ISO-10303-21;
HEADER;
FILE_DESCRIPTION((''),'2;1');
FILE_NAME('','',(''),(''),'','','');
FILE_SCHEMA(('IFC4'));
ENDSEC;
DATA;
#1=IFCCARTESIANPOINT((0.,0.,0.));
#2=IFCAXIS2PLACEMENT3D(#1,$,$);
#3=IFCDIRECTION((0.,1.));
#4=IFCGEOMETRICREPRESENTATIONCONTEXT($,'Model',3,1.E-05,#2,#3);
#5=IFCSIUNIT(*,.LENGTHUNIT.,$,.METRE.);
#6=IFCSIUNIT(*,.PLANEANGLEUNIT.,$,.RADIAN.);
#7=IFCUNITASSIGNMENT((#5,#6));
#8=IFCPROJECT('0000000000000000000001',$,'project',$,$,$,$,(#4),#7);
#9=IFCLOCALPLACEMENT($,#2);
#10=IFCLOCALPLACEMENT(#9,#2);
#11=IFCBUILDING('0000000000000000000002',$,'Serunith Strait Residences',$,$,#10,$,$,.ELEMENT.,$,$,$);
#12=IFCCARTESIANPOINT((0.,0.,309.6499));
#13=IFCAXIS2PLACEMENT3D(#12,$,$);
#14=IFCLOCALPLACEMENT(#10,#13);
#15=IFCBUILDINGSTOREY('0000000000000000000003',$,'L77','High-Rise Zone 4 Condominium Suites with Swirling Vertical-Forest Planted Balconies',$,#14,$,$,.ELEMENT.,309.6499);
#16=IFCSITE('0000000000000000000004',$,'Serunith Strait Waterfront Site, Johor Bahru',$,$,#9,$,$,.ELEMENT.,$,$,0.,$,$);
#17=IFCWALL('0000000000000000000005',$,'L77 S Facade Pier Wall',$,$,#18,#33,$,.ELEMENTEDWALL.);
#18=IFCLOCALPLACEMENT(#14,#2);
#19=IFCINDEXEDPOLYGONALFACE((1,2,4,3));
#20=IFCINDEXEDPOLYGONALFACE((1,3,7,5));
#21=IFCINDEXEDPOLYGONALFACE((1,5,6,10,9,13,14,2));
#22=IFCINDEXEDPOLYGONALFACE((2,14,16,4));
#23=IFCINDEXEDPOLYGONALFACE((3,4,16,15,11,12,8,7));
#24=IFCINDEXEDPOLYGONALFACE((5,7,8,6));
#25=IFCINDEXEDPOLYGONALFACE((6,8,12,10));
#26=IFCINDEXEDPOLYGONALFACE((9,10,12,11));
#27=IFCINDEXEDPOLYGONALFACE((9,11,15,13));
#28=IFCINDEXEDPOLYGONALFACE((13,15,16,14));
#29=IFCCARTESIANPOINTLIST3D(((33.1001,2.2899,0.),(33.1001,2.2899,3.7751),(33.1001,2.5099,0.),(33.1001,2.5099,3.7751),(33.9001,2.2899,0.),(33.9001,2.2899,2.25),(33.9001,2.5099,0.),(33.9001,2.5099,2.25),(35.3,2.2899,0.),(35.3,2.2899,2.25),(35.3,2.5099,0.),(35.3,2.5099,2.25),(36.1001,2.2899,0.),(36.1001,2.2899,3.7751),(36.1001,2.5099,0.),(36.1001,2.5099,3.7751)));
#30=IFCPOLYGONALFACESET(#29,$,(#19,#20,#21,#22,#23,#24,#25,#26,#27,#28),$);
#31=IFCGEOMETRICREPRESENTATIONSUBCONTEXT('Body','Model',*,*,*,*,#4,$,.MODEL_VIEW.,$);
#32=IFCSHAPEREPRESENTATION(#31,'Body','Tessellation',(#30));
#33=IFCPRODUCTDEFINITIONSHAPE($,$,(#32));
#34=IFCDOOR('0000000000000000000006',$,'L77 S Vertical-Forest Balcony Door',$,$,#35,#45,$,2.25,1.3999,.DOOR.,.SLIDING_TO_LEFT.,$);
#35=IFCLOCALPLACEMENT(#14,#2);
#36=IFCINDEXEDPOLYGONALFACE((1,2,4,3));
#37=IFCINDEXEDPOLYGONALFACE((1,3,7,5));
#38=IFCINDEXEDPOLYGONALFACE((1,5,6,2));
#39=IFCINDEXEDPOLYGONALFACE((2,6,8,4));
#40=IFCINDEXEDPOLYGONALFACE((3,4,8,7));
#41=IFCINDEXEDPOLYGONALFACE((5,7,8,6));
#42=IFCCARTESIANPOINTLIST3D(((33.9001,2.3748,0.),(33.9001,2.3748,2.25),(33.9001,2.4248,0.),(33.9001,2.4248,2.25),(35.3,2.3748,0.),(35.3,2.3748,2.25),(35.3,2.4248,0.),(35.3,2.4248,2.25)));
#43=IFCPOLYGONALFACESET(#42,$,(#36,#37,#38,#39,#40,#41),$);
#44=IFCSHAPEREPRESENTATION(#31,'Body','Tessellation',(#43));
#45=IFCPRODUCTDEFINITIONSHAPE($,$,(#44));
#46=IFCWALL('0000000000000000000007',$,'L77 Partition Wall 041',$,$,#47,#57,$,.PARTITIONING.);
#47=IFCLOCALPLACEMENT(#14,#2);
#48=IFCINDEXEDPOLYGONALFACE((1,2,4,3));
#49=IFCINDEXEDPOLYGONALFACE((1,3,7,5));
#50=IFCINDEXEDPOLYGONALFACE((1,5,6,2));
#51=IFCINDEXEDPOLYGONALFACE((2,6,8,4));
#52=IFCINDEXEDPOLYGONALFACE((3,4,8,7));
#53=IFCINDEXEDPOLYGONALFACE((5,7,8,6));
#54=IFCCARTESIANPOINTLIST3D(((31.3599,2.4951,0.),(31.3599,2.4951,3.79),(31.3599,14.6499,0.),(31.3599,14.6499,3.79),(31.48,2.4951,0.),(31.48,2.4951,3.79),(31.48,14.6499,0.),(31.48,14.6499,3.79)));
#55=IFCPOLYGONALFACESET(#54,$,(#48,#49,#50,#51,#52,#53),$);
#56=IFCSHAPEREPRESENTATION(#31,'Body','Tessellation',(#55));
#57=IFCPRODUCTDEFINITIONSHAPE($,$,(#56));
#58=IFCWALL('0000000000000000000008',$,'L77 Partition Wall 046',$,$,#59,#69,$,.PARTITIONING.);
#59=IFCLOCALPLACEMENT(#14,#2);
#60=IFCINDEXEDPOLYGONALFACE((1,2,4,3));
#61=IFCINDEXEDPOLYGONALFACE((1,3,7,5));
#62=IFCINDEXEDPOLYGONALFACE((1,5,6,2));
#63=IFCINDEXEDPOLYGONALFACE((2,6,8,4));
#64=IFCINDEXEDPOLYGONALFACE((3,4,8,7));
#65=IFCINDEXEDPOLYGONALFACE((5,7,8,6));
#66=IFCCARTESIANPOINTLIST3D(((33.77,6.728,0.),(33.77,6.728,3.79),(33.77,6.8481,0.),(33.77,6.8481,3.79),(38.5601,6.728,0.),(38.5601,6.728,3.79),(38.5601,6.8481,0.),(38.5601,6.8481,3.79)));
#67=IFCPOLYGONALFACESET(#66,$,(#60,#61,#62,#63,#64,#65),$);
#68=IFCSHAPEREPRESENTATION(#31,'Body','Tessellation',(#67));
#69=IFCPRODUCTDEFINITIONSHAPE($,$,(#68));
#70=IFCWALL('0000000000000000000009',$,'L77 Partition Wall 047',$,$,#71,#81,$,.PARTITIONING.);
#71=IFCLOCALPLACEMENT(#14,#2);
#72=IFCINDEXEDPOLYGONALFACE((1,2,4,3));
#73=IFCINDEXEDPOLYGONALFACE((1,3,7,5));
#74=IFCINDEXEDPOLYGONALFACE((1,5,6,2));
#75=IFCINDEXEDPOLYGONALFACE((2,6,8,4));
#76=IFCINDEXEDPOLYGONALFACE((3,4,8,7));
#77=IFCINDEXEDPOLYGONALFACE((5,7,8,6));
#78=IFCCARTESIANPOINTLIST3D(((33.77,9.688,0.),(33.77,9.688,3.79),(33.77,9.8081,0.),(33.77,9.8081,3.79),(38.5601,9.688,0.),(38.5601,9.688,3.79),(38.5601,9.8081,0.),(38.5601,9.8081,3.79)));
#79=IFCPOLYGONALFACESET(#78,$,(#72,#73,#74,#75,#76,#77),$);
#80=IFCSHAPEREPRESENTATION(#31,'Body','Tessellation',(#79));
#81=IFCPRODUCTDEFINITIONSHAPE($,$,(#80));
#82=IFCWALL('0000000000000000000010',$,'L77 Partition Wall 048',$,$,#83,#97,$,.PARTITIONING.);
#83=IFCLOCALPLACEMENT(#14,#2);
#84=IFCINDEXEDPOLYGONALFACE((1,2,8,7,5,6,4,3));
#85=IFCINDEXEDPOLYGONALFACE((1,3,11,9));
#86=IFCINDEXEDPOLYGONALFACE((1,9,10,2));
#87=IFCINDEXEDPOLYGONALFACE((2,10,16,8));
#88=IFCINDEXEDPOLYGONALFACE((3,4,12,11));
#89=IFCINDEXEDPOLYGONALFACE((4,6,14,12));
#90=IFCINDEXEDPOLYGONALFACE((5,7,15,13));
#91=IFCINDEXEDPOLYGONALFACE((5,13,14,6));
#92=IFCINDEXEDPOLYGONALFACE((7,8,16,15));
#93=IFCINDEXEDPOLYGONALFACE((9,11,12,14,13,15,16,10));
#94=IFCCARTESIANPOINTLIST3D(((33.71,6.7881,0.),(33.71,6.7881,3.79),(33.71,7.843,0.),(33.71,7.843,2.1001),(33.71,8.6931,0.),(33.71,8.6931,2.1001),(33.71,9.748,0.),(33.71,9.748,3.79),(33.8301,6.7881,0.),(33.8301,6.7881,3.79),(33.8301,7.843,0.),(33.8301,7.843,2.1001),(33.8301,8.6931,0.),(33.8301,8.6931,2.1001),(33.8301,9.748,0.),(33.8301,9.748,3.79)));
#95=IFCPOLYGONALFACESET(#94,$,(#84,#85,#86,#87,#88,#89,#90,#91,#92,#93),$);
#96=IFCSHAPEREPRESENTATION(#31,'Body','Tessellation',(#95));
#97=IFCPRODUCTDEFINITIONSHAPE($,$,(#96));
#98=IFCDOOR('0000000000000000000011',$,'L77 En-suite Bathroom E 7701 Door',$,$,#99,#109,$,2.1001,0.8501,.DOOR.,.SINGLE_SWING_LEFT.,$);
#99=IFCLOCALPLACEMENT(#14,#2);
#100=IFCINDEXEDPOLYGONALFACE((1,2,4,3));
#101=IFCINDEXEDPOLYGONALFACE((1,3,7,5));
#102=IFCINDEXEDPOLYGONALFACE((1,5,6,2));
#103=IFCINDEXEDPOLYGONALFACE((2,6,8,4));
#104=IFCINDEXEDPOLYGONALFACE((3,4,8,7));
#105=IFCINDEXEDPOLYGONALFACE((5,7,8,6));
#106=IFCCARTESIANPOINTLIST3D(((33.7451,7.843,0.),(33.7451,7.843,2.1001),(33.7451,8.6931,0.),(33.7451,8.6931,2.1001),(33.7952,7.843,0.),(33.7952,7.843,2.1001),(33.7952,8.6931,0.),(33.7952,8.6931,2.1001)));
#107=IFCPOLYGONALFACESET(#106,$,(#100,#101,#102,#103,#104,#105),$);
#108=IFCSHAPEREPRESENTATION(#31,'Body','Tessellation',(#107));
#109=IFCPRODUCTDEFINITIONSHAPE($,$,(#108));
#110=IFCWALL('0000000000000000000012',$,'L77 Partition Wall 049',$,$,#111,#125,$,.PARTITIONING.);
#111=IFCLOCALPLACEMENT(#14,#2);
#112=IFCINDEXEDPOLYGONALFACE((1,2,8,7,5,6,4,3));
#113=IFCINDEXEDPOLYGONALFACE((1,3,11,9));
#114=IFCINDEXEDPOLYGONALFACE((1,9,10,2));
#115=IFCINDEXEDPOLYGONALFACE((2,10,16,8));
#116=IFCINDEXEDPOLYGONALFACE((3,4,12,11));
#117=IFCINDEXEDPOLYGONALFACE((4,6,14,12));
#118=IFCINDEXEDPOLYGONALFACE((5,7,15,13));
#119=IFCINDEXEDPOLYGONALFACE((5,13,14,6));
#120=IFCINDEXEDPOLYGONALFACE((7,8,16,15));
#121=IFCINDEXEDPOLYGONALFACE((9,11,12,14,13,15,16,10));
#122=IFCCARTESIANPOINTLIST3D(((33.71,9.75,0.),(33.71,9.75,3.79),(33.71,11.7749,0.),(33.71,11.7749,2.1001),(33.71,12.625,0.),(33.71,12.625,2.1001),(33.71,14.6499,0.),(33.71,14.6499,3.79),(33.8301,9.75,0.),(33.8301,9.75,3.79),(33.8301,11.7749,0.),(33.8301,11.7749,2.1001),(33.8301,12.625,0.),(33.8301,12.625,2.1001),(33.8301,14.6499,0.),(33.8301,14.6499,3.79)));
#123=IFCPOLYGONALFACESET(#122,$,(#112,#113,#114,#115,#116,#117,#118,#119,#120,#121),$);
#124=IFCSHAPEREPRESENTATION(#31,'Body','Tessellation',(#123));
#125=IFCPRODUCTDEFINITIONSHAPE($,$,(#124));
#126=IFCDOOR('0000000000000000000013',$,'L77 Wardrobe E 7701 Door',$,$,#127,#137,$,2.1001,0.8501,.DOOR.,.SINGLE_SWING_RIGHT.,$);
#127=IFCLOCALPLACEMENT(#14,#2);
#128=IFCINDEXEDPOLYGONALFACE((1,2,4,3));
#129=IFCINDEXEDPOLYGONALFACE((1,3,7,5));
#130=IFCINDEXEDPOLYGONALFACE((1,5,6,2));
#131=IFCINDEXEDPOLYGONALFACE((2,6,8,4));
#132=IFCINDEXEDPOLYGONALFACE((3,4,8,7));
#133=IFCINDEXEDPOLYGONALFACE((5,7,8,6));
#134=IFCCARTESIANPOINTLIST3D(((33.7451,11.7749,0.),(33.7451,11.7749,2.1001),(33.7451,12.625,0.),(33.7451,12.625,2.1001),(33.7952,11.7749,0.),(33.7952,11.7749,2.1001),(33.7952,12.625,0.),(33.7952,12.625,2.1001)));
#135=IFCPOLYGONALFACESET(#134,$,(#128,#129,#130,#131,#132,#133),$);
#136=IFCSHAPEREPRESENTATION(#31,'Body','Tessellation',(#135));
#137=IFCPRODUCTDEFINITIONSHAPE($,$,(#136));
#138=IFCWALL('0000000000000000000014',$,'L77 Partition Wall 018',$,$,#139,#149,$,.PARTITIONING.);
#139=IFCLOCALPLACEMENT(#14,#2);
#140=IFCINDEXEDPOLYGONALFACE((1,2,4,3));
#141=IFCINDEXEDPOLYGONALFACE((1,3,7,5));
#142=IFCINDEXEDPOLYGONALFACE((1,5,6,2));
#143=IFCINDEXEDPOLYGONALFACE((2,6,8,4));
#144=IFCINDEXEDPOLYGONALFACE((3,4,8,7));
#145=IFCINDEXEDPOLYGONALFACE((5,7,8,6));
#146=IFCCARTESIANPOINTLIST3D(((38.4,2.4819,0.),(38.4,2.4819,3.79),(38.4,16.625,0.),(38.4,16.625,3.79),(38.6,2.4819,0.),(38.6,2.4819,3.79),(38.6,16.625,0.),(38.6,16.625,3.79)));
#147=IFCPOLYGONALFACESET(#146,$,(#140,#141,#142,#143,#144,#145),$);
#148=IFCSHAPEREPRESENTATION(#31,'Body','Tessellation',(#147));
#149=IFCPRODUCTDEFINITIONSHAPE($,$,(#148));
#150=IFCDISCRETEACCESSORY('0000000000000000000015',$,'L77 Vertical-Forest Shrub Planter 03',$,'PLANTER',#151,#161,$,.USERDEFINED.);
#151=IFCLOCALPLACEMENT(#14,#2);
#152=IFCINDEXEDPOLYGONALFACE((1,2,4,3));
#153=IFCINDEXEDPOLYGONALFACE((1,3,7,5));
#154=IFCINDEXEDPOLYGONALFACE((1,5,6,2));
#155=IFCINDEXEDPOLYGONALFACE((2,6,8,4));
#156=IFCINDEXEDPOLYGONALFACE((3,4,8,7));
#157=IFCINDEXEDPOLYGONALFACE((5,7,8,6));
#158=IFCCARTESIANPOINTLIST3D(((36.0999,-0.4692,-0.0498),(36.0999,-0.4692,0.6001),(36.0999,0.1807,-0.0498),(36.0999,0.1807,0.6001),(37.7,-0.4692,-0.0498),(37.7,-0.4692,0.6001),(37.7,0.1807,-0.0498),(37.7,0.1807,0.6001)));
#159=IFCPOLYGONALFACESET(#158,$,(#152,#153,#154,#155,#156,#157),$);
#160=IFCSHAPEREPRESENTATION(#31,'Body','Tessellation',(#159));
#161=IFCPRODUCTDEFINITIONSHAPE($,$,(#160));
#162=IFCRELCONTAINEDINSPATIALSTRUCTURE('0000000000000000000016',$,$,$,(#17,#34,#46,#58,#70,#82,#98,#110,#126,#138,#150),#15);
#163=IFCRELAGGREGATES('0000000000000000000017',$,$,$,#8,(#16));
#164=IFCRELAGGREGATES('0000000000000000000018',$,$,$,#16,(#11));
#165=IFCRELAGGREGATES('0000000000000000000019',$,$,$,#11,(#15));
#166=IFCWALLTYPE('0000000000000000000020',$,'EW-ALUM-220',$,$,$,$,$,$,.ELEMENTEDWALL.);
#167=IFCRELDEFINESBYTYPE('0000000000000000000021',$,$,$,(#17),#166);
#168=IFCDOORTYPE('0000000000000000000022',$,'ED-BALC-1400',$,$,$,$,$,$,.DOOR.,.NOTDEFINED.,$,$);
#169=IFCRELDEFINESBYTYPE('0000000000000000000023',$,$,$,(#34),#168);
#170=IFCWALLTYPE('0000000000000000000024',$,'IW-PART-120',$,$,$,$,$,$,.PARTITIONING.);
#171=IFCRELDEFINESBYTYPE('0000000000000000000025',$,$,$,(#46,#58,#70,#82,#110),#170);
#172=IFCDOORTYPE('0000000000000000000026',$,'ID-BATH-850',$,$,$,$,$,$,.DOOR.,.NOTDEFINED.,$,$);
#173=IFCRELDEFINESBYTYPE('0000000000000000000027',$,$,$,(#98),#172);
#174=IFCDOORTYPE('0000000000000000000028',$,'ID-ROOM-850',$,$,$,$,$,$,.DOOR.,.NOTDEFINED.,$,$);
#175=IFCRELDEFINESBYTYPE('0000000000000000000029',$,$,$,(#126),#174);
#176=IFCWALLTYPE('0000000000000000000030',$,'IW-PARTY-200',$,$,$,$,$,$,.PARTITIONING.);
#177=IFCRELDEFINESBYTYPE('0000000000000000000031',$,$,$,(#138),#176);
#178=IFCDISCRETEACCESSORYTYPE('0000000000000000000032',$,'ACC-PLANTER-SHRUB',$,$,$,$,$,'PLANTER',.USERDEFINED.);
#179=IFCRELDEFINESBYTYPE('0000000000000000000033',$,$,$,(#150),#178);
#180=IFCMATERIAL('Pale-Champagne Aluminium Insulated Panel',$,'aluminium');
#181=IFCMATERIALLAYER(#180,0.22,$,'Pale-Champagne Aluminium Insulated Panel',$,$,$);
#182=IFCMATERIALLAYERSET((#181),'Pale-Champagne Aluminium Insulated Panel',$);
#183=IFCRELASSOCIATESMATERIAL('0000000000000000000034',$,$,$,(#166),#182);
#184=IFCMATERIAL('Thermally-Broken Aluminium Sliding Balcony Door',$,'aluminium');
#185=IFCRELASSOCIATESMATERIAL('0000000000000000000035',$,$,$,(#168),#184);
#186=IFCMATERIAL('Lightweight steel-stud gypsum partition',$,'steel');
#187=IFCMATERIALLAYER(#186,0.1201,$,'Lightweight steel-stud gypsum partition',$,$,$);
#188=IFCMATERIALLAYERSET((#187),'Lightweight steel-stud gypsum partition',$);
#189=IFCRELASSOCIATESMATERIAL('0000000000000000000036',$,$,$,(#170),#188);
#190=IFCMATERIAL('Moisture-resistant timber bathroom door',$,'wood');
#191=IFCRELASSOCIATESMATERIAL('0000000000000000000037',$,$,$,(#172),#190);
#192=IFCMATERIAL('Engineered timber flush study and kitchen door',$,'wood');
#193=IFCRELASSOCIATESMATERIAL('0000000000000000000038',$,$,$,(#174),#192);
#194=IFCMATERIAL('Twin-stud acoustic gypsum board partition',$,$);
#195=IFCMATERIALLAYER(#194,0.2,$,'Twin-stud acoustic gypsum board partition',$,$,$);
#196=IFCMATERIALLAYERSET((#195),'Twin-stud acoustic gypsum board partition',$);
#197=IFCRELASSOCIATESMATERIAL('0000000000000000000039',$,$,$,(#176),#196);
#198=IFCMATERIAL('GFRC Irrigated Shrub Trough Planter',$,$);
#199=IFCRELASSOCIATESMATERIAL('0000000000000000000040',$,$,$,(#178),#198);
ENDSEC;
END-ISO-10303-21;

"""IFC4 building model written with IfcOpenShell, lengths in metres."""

from ifc_helpers import new_model, si_unit, direction, frame, frame_2d, origin, origin_2d, place, context, subcontext, project, spatial, rectangle, extrude, source, transform, mapped, material, layer, layer_set, type_object, element, fill, save


model = new_model("IFC4")

# Units and contexts
model_context = context("Model", 3, precision=1e-05, world=origin(), true_north=direction((0.0, 1.0)))
body_context = subcontext(model_context, "Body", "Model", "MODEL_VIEW")
ifc_project = project(units=[si_unit("LENGTHUNIT", "METRE"), si_unit("PLANEANGLEUNIT", "RADIAN")], contexts=[model_context])

# Site, building, storey
site_placement = place(None, origin())
site = spatial("IfcSite", under=ifc_project, at=site_placement, Name="Serunith Strait Waterfront Site, Johor Bahru", CompositionType="ELEMENT", RefElevation=0.0)
building_placement = place(site_placement, origin())
building = spatial("IfcBuilding", under=site, at=building_placement, Name="Serunith Strait Residences", CompositionType="ELEMENT")
storey_placement = place(building_placement, frame((0.0, 0.0, 309.6499)))
storey = spatial("IfcBuildingStorey", under=building, at=storey_placement, Name="L77", Description="High-Rise Zone 4 Condominium Suites with Swirling Vertical-Forest Planted Balconies", CompositionType="ELEMENT", Elevation=309.6499)

# Wall, opening, door
ifc_material_1 = material(Name="Pale-Champagne Aluminium Insulated Panel", Category="aluminium")
ifc_layer_1 = layer(ifc_material_1, 0.22, Name="Pale-Champagne Aluminium Insulated Panel")
ifc_layer_set_1 = layer_set([ifc_layer_1], Name="Pale-Champagne Aluminium Insulated Panel")
wall_type_1 = type_object("IfcWallType", Name="EW-ALUM-220", PredefinedType="ELEMENTEDWALL", material=ifc_layer_set_1)
wall_1_placement = place(storey_placement, frame((33.1001, 2.3999, 0.0), z_axis=(0.0, 0.0, 1.0), x_axis=(1.0, 0.0, 0.0)))
wall_1 = element("IfcWall", 1, at=wall_1_placement, inside=storey, type_object=wall_type_1, Name="L77 S Facade Pier Wall", PredefinedType="ELEMENTEDWALL", context=body_context, shape_type="SweptSolid", body=[
    extrude(rectangle(XDim=3.0, YDim=0.22, at=frame_2d((1.5, 0.0))), origin(), (0.0, 0.0, 1.0), 3.7751),
])
opening_1_placement = place(wall_1_placement, frame((0.8, 0.0, 0.0)))
opening_1 = element("IfcOpeningElement", 2, at=opening_1_placement, cuts=wall_1, PredefinedType="OPENING", context=body_context, shape_type="SweptSolid", body=[
    extrude(rectangle(XDim=1.3999, YDim=2.25, at=frame_2d((0.7, 1.125))), frame((0.0, 0.1201, 0.0), z_axis=(0.0, -1.0, 0.0), x_axis=(1.0, 0.0, 0.0)), (0.0, 0.0, 1.0), 0.24),
])
ifc_material_2 = material(Name="Thermally-Broken Aluminium Sliding Balcony Door", Category="aluminium")
door_type_1 = type_object("IfcDoorType", Name="ED-BALC-1400", OperationType="NOTDEFINED", PredefinedType="DOOR", material=ifc_material_2)
shared_shape_1 = source(origin(), body_context, "Body", "SweptSolid", [
    extrude(rectangle(XDim=1.3999, YDim=2.25, at=frame_2d((0.7, 1.125))), frame((0.0, 0.0249, 0.0), z_axis=(0.0, -1.0, 0.0), x_axis=(1.0, 0.0, 0.0)), (0.0, 0.0, 1.0), 0.05),
])
door_1_placement = place(opening_1_placement, origin())
door_1 = element("IfcDoor", 3, at=door_1_placement, inside=storey, type_object=door_type_1, Name="L77 S Vertical-Forest Balcony Door", OperationType="SLIDING_TO_LEFT", OverallHeight=2.25, OverallWidth=1.3999, PredefinedType="DOOR", context=body_context, shape_type="MappedRepresentation", body=[
    mapped(shared_shape_1, transform((0.0, 0.0, 0.0), scale=1.0)),
])
fill(opening_1, door_1)

# Walls
ifc_material_3 = material(Name="Lightweight steel-stud gypsum partition", Category="steel")
ifc_layer_2 = layer(ifc_material_3, 0.1201, Name="Lightweight steel-stud gypsum partition")
ifc_layer_set_2 = layer_set([ifc_layer_2], Name="Lightweight steel-stud gypsum partition")
wall_type_2 = type_object("IfcWallType", Name="IW-PART-120", PredefinedType="PARTITIONING", material=ifc_layer_set_2)
wall_2_placement = place(storey_placement, frame((31.4199, 2.4951, 0.0), z_axis=(0.0, 0.0, 1.0), x_axis=(0.0, 1.0, 0.0)))
element("IfcWall", 4, at=wall_2_placement, inside=storey, type_object=wall_type_2, Name="L77 Partition Wall 041", PredefinedType="PARTITIONING", context=body_context, shape_type="SweptSolid", body=[
    extrude(rectangle(XDim=12.1548, YDim=0.1201, at=frame_2d((6.0774, 0.0))), origin(), (0.0, 0.0, 1.0), 3.79),
])
for number, where, z_axis, x_axis, name in (
    (5, (33.77, 6.7881, 0.0), (0.0, 0.0, 1.0), (1.0, 0.0, 0.0), "L77 Partition Wall 046"),
    (6, (33.77, 9.748, 0.0), (0.0, 0.0, 1.0), (1.0, 0.0, 0.0), "L77 Partition Wall 047"),
):
    element("IfcWall", number, at=place(storey_placement, frame(where, z_axis=z_axis, x_axis=x_axis)), inside=storey, type_object=wall_type_2, Name=name, PredefinedType="PARTITIONING", context=body_context, shape_type="SweptSolid", body=[
        extrude(rectangle(XDim=4.79, YDim=0.1201, at=frame_2d((2.395, 0.0))), origin(), (0.0, 0.0, 1.0), 3.79),
    ])

# Walls, openings, doors
wall_3_placement = place(storey_placement, frame((33.77, 6.7881, 0.0), z_axis=(0.0, 0.0, 1.0), x_axis=(0.0, 1.0, 0.0)))
wall_3 = element("IfcWall", 7, at=wall_3_placement, inside=storey, type_object=wall_type_2, Name="L77 Partition Wall 048", PredefinedType="PARTITIONING", context=body_context, shape_type="SweptSolid", body=[
    extrude(rectangle(XDim=2.96, YDim=0.1201, at=frame_2d((1.48, 0.0))), origin(), (0.0, 0.0, 1.0), 3.79),
])
opening_2_placement = place(wall_3_placement, frame((1.0549, 0.0, 0.0)))
opening_2 = element("IfcOpeningElement", 8, at=opening_2_placement, cuts=wall_3, PredefinedType="OPENING", context=body_context, shape_type="SweptSolid", body=[
    extrude(rectangle(XDim=0.8501, YDim=2.1001, at=frame_2d((0.425, 1.05))), frame((0.0, 0.0701, 0.0), z_axis=(0.0, -1.0, 0.0), x_axis=(1.0, 0.0, 0.0)), (0.0, 0.0, 1.0), 0.1401),
])
ifc_material_4 = material(Name="Moisture-resistant timber bathroom door", Category="wood")
door_type_2 = type_object("IfcDoorType", Name="ID-BATH-850", OperationType="NOTDEFINED", PredefinedType="DOOR", material=ifc_material_4)
shared_shape_2 = source(origin(), body_context, "Body", "SweptSolid", [
    extrude(rectangle(XDim=0.8501, YDim=2.1001, at=frame_2d((0.425, 1.05))), frame((0.0, 0.0249, 0.0), z_axis=(0.0, -1.0, 0.0), x_axis=(1.0, 0.0, 0.0)), (0.0, 0.0, 1.0), 0.05),
])
door_2_placement = place(opening_2_placement, origin())
door_2 = element("IfcDoor", 9, at=door_2_placement, inside=storey, type_object=door_type_2, Name="L77 En-suite Bathroom E 7701 Door", OperationType="SINGLE_SWING_LEFT", OverallHeight=2.1001, OverallWidth=0.8501, PredefinedType="DOOR", context=body_context, shape_type="MappedRepresentation", body=[
    mapped(shared_shape_2, transform((0.0, 0.0, 0.0), scale=1.0)),
])
fill(opening_2, door_2)
wall_4_placement = place(storey_placement, frame((33.77, 9.75, 0.0), z_axis=(0.0, 0.0, 1.0), x_axis=(0.0, 1.0, 0.0)))
wall_4 = element("IfcWall", 10, at=wall_4_placement, inside=storey, type_object=wall_type_2, Name="L77 Partition Wall 049", PredefinedType="PARTITIONING", context=body_context, shape_type="SweptSolid", body=[
    extrude(rectangle(XDim=4.8999, YDim=0.1201, at=frame_2d((2.45, 0.0))), origin(), (0.0, 0.0, 1.0), 3.79),
])
opening_3_placement = place(wall_4_placement, frame((2.0249, 0.0, 0.0)))
opening_3 = element("IfcOpeningElement", 11, at=opening_3_placement, cuts=wall_4, PredefinedType="OPENING", context=body_context, shape_type="SweptSolid", body=[
    extrude(rectangle(XDim=0.8501, YDim=2.1001, at=frame_2d((0.425, 1.05))), frame((0.0, 0.0701, 0.0), z_axis=(0.0, -1.0, 0.0), x_axis=(1.0, 0.0, 0.0)), (0.0, 0.0, 1.0), 0.1401),
])
ifc_material_5 = material(Name="Engineered timber flush study and kitchen door", Category="wood")
door_type_3 = type_object("IfcDoorType", Name="ID-ROOM-850", OperationType="NOTDEFINED", PredefinedType="DOOR", material=ifc_material_5)
door_3_placement = place(opening_3_placement, origin())
door_3 = element("IfcDoor", 12, at=door_3_placement, inside=storey, type_object=door_type_3, Name="L77 Wardrobe E 7701 Door", OperationType="SINGLE_SWING_RIGHT", OverallHeight=2.1001, OverallWidth=0.8501, PredefinedType="DOOR", context=body_context, shape_type="MappedRepresentation", body=[
    mapped(shared_shape_2, transform((0.0, 0.0, 0.0), scale=1.0)),
])
fill(opening_3, door_3)

# Wall
ifc_material_6 = material(Name="Twin-stud acoustic gypsum board partition")
ifc_layer_3 = layer(ifc_material_6, 0.2, Name="Twin-stud acoustic gypsum board partition")
ifc_layer_set_3 = layer_set([ifc_layer_3], Name="Twin-stud acoustic gypsum board partition")
wall_type_3 = type_object("IfcWallType", Name="IW-PARTY-200", PredefinedType="PARTITIONING", material=ifc_layer_set_3)
wall_5_placement = place(storey_placement, frame((38.5, 2.4819, 0.0), z_axis=(0.0, 0.0, 1.0), x_axis=(0.0, 1.0, 0.0)))
element("IfcWall", 13, at=wall_5_placement, inside=storey, type_object=wall_type_3, Name="L77 Partition Wall 018", PredefinedType="PARTITIONING", context=body_context, shape_type="SweptSolid", body=[
    extrude(rectangle(XDim=14.1431, YDim=0.2, at=frame_2d((7.0715, 0.0))), origin(), (0.0, 0.0, 1.0), 3.79),
])

# Discrete accessory
ifc_material_7 = material(Name="GFRC Irrigated Shrub Trough Planter")
discrete_accessory_type = type_object("IfcDiscreteAccessoryType", Name="ACC-PLANTER-SHRUB", ElementType="PLANTER", PredefinedType="USERDEFINED", material=ifc_material_7)
shared_shape_3 = source(origin(), body_context, "Body", "SweptSolid", [
    extrude(rectangle(XDim=1.6001, YDim=0.6499, at=origin_2d()), origin(), (0.0, 0.0, 1.0), 0.6499),
])
discrete_accessory_placement = place(storey_placement, frame((36.8999, -0.1443, -0.0498), z_axis=(0.0, 0.0, 1.0), x_axis=(1.0, 0.0, 0.0)))
element("IfcDiscreteAccessory", 14, at=discrete_accessory_placement, inside=storey, type_object=discrete_accessory_type, Name="L77 Vertical-Forest Shrub Planter 03", ObjectType="PLANTER", PredefinedType="USERDEFINED", context=body_context, shape_type="MappedRepresentation", body=[
    mapped(shared_shape_3, transform((0.0, 0.0, 0.0), scale=1.0)),
])

save(model, "model.ifc")
